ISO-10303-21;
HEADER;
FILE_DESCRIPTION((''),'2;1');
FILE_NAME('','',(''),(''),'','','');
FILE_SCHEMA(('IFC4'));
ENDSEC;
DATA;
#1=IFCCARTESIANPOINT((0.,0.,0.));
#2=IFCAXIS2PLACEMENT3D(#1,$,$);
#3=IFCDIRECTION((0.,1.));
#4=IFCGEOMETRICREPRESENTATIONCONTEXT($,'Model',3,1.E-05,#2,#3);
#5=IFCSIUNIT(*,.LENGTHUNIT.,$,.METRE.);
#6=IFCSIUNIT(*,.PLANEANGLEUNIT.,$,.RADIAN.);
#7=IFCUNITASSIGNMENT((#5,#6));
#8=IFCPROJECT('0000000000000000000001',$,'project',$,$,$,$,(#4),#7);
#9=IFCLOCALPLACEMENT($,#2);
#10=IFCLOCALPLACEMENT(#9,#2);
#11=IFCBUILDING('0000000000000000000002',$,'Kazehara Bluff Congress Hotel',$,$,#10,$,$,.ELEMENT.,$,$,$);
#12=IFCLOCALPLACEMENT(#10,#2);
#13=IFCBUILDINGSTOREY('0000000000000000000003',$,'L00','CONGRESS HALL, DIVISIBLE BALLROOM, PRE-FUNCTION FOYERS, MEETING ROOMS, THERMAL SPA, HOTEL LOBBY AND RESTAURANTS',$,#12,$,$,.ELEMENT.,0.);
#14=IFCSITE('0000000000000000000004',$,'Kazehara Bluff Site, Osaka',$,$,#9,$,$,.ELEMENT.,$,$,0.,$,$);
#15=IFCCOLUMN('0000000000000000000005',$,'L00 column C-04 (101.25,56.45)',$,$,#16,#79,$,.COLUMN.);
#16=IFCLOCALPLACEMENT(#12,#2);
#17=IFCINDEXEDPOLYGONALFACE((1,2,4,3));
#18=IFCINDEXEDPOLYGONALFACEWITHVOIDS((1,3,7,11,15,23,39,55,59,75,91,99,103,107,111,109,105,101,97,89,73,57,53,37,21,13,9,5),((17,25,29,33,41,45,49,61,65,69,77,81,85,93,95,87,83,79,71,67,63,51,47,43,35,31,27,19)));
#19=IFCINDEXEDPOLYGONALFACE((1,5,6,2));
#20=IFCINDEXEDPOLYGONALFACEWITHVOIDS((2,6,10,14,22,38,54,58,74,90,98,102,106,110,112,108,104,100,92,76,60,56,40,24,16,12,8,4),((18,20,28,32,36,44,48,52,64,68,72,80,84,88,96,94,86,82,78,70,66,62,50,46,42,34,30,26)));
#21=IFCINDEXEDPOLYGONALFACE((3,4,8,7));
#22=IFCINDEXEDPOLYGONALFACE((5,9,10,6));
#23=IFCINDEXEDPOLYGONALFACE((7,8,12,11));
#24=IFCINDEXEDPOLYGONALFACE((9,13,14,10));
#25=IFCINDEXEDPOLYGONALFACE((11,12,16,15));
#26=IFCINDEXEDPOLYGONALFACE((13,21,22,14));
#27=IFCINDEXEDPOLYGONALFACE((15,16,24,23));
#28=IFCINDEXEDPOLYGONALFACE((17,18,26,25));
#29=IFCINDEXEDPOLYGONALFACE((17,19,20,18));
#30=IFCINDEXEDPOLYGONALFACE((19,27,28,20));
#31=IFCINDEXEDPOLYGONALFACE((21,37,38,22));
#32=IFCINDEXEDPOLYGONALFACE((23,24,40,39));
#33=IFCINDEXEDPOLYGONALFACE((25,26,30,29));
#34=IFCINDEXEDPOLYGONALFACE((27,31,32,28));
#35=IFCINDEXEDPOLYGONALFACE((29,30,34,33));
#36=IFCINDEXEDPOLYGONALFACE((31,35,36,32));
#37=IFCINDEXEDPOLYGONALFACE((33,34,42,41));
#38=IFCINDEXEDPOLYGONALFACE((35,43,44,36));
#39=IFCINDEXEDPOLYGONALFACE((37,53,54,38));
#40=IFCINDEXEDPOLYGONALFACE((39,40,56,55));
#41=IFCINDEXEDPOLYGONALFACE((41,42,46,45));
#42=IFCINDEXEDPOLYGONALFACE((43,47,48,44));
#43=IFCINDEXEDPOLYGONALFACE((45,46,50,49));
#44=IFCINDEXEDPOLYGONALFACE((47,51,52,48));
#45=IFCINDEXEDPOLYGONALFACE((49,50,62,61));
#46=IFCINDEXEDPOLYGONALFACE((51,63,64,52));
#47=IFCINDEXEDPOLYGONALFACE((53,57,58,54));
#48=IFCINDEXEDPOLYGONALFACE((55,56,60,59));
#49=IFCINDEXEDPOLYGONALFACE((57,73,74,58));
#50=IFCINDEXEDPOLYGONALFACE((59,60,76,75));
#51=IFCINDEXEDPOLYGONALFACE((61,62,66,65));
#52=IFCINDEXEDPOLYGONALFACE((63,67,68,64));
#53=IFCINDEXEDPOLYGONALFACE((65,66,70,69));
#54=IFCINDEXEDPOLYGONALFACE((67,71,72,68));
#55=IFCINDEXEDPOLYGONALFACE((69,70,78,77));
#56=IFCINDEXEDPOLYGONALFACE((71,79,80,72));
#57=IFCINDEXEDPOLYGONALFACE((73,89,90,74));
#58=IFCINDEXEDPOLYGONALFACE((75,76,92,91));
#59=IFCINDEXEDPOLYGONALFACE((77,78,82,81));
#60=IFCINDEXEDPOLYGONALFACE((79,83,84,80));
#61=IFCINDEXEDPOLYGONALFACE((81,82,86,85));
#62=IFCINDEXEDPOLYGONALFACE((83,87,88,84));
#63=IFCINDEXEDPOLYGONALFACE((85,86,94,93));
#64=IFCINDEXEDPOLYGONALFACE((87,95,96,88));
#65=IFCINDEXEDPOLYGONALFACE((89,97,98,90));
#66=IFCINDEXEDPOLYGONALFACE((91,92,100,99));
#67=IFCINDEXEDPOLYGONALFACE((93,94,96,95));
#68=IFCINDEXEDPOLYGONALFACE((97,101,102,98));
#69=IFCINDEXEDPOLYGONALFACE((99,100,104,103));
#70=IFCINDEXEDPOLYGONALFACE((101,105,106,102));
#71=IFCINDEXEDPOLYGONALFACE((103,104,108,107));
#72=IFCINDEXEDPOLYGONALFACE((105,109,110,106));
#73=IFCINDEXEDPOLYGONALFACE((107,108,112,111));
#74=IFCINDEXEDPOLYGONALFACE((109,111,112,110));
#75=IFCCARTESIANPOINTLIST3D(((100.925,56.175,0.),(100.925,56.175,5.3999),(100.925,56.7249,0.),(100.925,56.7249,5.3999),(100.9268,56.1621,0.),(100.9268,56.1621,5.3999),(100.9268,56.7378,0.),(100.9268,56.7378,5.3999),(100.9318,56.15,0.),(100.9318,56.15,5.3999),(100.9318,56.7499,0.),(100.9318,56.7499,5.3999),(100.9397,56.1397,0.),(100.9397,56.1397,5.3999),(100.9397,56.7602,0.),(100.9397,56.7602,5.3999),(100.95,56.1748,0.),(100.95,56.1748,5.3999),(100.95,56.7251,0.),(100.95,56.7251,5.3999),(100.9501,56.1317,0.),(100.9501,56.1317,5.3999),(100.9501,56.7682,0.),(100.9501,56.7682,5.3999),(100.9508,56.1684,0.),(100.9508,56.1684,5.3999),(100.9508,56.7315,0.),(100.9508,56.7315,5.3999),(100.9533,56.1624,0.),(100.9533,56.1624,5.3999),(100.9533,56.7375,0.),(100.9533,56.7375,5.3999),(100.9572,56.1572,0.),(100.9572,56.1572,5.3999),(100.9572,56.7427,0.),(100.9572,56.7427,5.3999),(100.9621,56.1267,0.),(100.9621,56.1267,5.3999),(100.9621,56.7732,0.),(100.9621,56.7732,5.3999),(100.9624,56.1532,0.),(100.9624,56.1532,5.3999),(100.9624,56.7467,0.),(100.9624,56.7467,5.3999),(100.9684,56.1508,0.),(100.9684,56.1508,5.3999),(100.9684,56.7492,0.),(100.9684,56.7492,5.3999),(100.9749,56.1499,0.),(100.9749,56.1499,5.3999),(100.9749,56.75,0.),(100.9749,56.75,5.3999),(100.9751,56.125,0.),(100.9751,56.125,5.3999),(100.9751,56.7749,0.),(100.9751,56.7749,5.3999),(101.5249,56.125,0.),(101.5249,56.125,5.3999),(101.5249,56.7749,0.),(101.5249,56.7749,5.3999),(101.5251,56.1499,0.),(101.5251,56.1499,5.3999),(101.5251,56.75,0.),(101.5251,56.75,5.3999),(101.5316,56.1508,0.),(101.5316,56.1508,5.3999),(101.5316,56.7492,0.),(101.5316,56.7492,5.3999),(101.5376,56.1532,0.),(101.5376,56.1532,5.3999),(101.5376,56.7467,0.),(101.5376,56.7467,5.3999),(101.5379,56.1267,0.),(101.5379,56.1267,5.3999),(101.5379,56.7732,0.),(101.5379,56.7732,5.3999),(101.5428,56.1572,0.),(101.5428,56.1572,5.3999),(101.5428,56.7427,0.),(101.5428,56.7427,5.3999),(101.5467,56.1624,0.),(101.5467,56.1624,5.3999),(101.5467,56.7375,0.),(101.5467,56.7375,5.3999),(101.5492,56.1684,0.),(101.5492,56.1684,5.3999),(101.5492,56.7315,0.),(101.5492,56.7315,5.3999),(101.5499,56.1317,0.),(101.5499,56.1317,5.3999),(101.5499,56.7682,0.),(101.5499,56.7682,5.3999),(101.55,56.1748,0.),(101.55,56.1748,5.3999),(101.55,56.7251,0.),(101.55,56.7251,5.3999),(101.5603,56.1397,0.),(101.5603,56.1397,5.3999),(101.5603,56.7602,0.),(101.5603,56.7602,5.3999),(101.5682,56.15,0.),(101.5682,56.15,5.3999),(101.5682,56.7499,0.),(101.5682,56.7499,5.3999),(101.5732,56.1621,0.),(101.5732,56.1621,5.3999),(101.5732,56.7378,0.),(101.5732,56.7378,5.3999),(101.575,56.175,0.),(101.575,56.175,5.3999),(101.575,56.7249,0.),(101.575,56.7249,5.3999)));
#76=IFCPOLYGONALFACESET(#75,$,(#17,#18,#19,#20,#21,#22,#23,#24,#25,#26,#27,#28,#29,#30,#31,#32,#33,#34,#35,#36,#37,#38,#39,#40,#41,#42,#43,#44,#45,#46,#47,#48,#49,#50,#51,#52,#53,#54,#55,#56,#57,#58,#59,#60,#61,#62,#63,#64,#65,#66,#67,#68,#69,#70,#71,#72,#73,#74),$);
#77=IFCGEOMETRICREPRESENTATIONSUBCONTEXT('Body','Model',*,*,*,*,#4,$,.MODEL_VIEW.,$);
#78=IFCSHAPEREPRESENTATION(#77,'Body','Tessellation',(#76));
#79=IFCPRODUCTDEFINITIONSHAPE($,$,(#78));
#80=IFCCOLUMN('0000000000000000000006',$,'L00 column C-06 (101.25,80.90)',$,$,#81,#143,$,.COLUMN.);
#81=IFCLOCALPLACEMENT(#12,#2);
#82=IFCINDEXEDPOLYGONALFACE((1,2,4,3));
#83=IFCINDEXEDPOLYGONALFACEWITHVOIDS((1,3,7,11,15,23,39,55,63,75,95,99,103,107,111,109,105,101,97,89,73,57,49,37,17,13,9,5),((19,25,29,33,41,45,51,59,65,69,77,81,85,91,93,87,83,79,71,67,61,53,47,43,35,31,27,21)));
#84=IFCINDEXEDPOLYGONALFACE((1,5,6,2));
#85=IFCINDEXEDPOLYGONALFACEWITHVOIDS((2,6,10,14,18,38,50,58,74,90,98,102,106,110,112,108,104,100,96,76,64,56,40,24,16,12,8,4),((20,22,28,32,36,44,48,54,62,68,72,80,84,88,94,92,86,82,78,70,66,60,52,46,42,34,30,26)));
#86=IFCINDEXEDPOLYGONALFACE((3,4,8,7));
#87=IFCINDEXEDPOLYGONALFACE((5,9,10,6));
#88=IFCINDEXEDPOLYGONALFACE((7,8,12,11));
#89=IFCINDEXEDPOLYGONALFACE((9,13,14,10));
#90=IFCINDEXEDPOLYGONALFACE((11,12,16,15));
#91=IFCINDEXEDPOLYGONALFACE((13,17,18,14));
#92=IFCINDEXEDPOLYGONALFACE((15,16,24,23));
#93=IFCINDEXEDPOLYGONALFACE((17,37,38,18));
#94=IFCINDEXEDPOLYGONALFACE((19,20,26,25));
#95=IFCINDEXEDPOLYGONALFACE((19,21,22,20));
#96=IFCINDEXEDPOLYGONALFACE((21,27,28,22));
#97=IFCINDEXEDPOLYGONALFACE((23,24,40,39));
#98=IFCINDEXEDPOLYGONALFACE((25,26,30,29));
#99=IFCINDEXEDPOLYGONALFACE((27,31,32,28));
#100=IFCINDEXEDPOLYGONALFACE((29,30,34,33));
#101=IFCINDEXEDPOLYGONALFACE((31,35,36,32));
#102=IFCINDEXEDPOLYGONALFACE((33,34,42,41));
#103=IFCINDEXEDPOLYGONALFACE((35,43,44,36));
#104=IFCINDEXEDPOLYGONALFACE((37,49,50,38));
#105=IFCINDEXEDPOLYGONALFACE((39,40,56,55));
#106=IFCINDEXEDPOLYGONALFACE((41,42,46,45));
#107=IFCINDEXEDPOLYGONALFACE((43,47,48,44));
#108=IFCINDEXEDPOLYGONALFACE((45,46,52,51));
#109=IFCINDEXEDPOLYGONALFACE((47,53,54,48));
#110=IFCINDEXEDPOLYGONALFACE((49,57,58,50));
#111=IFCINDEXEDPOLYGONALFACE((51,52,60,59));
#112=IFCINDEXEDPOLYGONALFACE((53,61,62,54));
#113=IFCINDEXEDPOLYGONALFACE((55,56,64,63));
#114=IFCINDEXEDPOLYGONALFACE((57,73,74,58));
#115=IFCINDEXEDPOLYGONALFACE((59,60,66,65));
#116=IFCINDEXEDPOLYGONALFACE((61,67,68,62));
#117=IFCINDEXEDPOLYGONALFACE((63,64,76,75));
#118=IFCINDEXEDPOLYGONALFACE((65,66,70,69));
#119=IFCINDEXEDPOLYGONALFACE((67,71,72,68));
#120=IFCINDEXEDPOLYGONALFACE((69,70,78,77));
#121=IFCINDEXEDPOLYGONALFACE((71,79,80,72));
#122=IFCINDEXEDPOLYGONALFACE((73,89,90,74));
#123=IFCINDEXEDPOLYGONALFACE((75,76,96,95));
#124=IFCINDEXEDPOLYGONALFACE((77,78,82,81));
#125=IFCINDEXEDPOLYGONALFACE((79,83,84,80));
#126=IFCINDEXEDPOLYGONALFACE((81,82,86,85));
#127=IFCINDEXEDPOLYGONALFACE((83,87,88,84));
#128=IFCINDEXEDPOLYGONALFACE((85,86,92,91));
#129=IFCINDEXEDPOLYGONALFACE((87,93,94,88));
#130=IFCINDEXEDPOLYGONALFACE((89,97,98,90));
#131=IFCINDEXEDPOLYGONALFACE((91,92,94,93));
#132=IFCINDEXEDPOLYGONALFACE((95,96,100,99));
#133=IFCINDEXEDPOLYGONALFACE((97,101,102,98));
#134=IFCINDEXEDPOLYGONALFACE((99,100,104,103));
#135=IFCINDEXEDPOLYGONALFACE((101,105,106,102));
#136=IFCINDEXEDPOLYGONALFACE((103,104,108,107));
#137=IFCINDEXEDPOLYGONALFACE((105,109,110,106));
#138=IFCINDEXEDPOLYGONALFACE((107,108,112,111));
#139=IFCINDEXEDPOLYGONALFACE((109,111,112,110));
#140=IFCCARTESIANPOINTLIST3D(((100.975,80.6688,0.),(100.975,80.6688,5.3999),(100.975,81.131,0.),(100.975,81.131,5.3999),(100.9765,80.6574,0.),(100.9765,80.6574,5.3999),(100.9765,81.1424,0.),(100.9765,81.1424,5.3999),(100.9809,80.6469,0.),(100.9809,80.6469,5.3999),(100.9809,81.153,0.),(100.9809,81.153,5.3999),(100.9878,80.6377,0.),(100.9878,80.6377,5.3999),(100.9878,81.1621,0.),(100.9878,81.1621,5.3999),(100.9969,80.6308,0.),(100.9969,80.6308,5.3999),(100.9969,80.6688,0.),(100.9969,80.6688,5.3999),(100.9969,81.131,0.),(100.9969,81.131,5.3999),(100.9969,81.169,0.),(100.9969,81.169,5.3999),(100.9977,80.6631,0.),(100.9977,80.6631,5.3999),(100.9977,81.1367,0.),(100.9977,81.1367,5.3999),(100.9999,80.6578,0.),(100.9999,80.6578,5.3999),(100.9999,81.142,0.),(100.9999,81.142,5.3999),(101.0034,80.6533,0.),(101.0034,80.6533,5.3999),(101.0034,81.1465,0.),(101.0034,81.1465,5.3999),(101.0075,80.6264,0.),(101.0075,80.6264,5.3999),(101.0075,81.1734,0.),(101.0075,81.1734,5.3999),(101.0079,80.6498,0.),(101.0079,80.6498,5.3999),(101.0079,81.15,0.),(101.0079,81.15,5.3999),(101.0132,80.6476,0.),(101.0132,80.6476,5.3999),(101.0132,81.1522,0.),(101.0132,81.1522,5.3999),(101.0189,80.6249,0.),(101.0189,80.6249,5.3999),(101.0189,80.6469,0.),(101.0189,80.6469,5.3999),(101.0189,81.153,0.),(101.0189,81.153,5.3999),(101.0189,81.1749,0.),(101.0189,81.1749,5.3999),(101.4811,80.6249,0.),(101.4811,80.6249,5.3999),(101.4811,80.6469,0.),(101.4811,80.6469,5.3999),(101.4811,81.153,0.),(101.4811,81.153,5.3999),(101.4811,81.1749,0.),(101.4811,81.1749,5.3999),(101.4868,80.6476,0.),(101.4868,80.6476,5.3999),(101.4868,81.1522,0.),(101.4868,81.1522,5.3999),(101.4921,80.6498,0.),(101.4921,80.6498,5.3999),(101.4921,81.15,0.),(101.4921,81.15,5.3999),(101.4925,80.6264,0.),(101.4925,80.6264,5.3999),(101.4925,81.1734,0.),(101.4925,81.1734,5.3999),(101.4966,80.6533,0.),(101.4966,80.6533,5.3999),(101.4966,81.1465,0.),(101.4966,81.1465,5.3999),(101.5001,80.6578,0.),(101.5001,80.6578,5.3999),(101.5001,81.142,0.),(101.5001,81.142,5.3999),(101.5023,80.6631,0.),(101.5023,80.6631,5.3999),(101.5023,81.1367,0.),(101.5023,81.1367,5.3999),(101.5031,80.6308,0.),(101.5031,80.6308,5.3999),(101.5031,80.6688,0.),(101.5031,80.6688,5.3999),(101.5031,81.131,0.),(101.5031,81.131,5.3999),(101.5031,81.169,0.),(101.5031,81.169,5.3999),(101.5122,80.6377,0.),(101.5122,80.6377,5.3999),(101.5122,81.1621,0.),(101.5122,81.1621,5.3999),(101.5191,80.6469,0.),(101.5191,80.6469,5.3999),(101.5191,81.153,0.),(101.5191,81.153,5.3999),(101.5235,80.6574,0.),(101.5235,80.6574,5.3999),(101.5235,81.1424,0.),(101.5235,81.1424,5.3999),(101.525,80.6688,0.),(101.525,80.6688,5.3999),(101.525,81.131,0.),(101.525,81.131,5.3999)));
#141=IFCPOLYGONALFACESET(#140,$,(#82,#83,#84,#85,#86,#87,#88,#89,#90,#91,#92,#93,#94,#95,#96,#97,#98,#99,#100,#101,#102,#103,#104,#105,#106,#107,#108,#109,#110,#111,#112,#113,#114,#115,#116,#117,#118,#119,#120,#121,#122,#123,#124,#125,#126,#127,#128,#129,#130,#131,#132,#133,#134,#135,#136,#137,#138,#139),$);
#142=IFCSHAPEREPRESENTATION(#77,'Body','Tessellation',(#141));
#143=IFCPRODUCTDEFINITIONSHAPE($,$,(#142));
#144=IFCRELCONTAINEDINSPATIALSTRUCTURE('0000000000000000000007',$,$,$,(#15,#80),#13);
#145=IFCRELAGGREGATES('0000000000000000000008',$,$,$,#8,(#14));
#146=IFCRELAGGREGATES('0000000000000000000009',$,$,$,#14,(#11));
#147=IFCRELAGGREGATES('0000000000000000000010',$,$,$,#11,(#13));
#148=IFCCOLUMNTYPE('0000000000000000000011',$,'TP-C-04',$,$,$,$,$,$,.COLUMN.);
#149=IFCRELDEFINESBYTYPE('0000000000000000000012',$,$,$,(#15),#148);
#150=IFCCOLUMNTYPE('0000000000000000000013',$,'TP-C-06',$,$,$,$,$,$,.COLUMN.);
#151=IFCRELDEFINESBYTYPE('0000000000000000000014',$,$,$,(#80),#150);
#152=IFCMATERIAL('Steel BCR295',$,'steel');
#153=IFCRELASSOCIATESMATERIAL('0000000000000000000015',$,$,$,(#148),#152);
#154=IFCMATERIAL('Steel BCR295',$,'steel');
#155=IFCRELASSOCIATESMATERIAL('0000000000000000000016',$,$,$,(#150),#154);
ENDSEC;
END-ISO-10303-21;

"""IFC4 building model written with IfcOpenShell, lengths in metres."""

from ifc_helpers import new_model, si_unit, direction, frame, origin, origin_2d, place, context, subcontext, project, spatial, hollow_rectangle, extrude, material, material_profile, profile_set, type_object, element, save


model = new_model("IFC4")

# Units and contexts
model_context = context("Model", 3, precision=1e-05, world=origin(), true_north=direction((0.0, 1.0)))
body_context = subcontext(model_context, "Body", "Model", "MODEL_VIEW")
ifc_project = project(units=[si_unit("LENGTHUNIT", "METRE"), si_unit("PLANEANGLEUNIT", "RADIAN")], contexts=[model_context])

# Site, building, storey
site_placement = place(None, origin())
site = spatial("IfcSite", under=ifc_project, at=site_placement, Name="Kazehara Bluff Site, Osaka", CompositionType="ELEMENT", RefElevation=0.0)
building_placement = place(site_placement, origin())
building = spatial("IfcBuilding", under=site, at=building_placement, Name="Kazehara Bluff Congress Hotel", CompositionType="ELEMENT")
storey_placement = place(building_placement, origin())
storey = spatial("IfcBuildingStorey", under=building, at=storey_placement, Name="L00", Description="CONGRESS HALL, DIVISIBLE BALLROOM, PRE-FUNCTION FOYERS, MEETING ROOMS, THERMAL SPA, HOTEL LOBBY AND RESTAURANTS", CompositionType="ELEMENT", Elevation=0.0)

# Columns
ifc_material_1 = material(Name="Steel BCR295", Category="steel")
ifc_material_profile_1 = material_profile(ifc_material_1, hollow_rectangle(XDim=0.6499, YDim=0.6499, WallThickness=0.0249, InnerFilletRadius=0.0249, OuterFilletRadius=0.05, at=origin_2d()))
ifc_profile_set_1 = profile_set([ifc_material_profile_1], Name="Steel BCR295")
column_type_1 = type_object("IfcColumnType", Name="TP-C-04", PredefinedType="COLUMN", material=ifc_profile_set_1)
column_1_placement = place(storey_placement, frame((101.25, 56.45, 0.0), z_axis=(0.0, 0.0, 1.0), x_axis=(1.0, 0.0, 0.0)))
element("IfcColumn", 1, at=column_1_placement, inside=storey, type_object=column_type_1, Name="L00 column C-04 (101.25,56.45)", PredefinedType="COLUMN", context=body_context, shape_type="SweptSolid", body=[
    extrude(hollow_rectangle(XDim=0.6499, YDim=0.6499, WallThickness=0.0249, InnerFilletRadius=0.0249, OuterFilletRadius=0.05, at=origin_2d()), origin(), (0.0, 0.0, 1.0), 5.3999),
])
ifc_material_2 = material(Name="Steel BCR295", Category="steel")
ifc_material_profile_2 = material_profile(ifc_material_2, hollow_rectangle(XDim=0.55, YDim=0.55, WallThickness=0.022, InnerFilletRadius=0.022, OuterFilletRadius=0.0439, at=origin_2d()))
ifc_profile_set_2 = profile_set([ifc_material_profile_2], Name="Steel BCR295")
column_type_2 = type_object("IfcColumnType", Name="TP-C-06", PredefinedType="COLUMN", material=ifc_profile_set_2)
column_2_placement = place(storey_placement, frame((101.25, 80.8999, 0.0), z_axis=(0.0, 0.0, 1.0), x_axis=(1.0, 0.0, 0.0)))
element("IfcColumn", 2, at=column_2_placement, inside=storey, type_object=column_type_2, Name="L00 column C-06 (101.25,80.90)", PredefinedType="COLUMN", context=body_context, shape_type="SweptSolid", body=[
    extrude(hollow_rectangle(XDim=0.55, YDim=0.55, WallThickness=0.022, InnerFilletRadius=0.022, OuterFilletRadius=0.0439, at=origin_2d()), origin(), (0.0, 0.0, 1.0), 5.3999),
])

save(model, "model.ifc")
